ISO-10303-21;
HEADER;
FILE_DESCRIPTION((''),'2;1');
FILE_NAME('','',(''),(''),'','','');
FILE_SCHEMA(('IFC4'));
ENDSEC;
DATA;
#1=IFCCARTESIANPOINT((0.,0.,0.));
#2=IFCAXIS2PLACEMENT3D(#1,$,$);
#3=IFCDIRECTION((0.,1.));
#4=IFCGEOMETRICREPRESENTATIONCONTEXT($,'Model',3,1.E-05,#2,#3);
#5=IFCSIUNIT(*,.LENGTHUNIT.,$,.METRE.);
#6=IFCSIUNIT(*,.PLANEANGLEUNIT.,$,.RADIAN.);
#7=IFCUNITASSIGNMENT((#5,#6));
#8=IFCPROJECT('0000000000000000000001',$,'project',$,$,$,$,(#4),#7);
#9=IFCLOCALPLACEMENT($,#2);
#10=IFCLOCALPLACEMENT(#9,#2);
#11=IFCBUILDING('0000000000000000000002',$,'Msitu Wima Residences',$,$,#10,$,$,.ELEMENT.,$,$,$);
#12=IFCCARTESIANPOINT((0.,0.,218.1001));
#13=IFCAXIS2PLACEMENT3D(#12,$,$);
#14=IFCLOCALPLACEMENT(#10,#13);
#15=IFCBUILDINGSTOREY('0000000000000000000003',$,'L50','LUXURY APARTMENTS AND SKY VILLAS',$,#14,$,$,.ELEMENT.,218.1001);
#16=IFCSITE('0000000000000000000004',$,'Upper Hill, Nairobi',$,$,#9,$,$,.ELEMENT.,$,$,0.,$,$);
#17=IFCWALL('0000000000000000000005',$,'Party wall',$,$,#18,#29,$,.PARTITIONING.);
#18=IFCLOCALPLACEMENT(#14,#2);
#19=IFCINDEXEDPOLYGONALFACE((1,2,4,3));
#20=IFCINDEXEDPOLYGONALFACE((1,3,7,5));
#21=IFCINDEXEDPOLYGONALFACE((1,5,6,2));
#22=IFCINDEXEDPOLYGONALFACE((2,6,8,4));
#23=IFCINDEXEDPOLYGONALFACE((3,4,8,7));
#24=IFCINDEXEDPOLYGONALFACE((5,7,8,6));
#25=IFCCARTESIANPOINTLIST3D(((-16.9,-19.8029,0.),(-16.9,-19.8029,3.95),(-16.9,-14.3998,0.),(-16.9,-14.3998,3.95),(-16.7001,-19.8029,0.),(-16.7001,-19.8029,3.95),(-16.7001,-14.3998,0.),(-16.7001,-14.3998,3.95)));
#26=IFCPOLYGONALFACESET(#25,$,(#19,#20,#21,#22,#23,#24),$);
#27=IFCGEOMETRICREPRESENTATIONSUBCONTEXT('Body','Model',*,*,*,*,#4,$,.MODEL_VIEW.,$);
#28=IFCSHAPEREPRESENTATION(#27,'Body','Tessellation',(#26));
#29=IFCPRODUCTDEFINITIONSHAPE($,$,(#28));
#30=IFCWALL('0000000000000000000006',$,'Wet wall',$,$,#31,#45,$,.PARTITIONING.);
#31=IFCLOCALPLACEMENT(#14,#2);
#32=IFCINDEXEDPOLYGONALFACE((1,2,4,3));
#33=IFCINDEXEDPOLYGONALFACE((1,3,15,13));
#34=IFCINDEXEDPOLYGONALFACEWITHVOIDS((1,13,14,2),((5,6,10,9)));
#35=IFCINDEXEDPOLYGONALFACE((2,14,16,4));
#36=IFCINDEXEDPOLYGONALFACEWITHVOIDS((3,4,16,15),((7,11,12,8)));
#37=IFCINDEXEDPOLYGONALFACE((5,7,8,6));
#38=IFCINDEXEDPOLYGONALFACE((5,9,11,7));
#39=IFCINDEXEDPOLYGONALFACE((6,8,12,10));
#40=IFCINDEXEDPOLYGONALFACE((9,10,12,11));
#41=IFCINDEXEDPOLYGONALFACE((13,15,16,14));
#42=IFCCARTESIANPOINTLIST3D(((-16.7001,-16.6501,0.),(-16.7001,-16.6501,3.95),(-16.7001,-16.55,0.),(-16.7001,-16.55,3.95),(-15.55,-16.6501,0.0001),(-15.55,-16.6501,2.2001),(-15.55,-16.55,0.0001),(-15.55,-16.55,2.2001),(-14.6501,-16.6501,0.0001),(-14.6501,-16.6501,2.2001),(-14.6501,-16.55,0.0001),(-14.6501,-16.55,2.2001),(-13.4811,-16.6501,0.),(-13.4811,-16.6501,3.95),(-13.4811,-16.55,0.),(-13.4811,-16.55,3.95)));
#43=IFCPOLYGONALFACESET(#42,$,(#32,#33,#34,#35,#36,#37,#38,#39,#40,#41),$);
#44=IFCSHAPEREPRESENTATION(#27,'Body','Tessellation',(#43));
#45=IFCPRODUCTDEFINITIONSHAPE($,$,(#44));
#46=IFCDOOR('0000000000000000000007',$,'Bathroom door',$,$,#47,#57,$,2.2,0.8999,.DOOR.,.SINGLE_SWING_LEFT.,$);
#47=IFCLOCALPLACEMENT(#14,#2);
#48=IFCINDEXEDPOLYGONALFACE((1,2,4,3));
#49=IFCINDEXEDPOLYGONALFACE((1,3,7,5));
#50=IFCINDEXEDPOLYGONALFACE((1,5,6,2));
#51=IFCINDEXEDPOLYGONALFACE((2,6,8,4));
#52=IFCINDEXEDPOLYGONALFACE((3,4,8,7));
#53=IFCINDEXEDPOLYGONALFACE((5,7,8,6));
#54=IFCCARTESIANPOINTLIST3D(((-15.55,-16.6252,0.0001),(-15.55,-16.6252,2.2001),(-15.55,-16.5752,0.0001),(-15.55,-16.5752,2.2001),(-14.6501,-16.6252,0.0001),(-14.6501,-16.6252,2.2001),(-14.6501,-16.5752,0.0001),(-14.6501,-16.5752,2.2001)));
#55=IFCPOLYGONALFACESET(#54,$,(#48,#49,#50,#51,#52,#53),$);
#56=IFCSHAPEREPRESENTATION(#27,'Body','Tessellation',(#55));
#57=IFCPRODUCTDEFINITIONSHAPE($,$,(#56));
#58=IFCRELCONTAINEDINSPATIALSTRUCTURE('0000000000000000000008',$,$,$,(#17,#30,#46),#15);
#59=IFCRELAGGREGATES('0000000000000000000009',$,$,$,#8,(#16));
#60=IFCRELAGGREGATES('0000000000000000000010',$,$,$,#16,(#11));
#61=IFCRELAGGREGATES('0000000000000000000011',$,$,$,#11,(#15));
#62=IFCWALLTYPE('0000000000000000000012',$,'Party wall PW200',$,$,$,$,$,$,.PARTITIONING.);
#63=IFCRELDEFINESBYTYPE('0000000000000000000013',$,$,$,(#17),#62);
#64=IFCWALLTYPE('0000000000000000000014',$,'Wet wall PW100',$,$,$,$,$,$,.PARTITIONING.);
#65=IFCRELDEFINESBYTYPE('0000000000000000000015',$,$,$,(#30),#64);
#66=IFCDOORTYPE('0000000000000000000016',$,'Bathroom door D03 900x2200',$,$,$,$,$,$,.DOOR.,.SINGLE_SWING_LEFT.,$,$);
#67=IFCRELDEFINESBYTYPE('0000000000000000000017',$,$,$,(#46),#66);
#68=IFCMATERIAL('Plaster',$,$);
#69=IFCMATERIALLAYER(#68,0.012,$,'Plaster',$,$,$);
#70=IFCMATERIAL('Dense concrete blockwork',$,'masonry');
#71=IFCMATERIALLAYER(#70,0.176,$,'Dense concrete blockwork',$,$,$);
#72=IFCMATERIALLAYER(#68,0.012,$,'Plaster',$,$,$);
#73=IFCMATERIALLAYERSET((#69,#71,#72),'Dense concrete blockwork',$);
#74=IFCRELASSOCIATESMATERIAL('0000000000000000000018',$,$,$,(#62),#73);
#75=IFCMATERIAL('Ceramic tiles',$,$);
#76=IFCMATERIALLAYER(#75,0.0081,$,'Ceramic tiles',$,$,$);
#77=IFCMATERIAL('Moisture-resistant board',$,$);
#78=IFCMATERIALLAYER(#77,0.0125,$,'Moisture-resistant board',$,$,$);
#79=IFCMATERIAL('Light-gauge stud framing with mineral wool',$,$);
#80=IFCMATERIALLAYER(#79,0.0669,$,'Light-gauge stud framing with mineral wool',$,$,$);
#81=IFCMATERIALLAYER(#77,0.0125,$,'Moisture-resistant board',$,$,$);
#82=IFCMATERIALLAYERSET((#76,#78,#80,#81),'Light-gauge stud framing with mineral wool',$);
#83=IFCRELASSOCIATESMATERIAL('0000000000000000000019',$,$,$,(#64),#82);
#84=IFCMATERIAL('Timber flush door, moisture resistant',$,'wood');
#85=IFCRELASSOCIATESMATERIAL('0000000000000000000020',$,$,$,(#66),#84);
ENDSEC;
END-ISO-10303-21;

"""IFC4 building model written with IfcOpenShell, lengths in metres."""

from ifc_helpers import new_model, si_unit, direction, frame, frame_2d, origin, place, context, subcontext, project, spatial, rectangle, extrude, material, layer, layer_set, type_object, element, fill, save


model = new_model("IFC4")

# Units and contexts
model_context = context("Model", 3, precision=1e-05, world=origin(), true_north=direction((0.0, 1.0)))
body_context = subcontext(model_context, "Body", "Model", "MODEL_VIEW")
ifc_project = project(units=[si_unit("LENGTHUNIT", "METRE"), si_unit("PLANEANGLEUNIT", "RADIAN")], contexts=[model_context])

# Site, building, storey
site_placement = place(None, origin())
site = spatial("IfcSite", under=ifc_project, at=site_placement, Name="Upper Hill, Nairobi", CompositionType="ELEMENT", RefElevation=0.0)
building_placement = place(site_placement, origin())
building = spatial("IfcBuilding", under=site, at=building_placement, Name="Msitu Wima Residences", CompositionType="ELEMENT")
storey_placement = place(building_placement, frame((0.0, 0.0, 218.1001)))
storey = spatial("IfcBuildingStorey", under=building, at=storey_placement, Name="L50", Description="LUXURY APARTMENTS AND SKY VILLAS", CompositionType="ELEMENT", Elevation=218.1001)

# Shared definitions
ifc_material_1 = material(Name="Plaster")

# Wall
ifc_layer_1 = layer(ifc_material_1, 0.012, Name="Plaster")
ifc_material_2 = material(Name="Dense concrete blockwork", Category="masonry")
ifc_layer_2 = layer(ifc_material_2, 0.176, Name="Dense concrete blockwork")
ifc_layer_3 = layer(ifc_material_1, 0.012, Name="Plaster")
ifc_layer_set_1 = layer_set([ifc_layer_1, ifc_layer_2, ifc_layer_3], Name="Dense concrete blockwork")
wall_type_1 = type_object("IfcWallType", Name="Party wall PW200", PredefinedType="PARTITIONING", material=ifc_layer_set_1)
wall_1_placement = place(storey_placement, frame((-16.8, -19.803, 0.0), z_axis=(0.0, 0.0, 1.0), x_axis=(0.0, 1.0, 0.0)))
element("IfcWall", 1, at=wall_1_placement, inside=storey, type_object=wall_type_1, Name="Party wall", PredefinedType="PARTITIONING", context=body_context, shape_type="SweptSolid", body=[
    extrude(rectangle(XDim=5.4031, YDim=0.2, at=frame_2d((2.7017, 0.0))), origin(), (0.0, 0.0, 1.0), 3.95),
])

# Wall, opening, door
ifc_material_3 = material(Name="Ceramic tiles")
ifc_layer_4 = layer(ifc_material_3, 0.0081, Name="Ceramic tiles")
ifc_material_4 = material(Name="Moisture-resistant board")
ifc_layer_5 = layer(ifc_material_4, 0.0125, Name="Moisture-resistant board")
ifc_material_5 = material(Name="Light-gauge stud framing with mineral wool")
ifc_layer_6 = layer(ifc_material_5, 0.0669, Name="Light-gauge stud framing with mineral wool")
ifc_layer_7 = layer(ifc_material_4, 0.0125, Name="Moisture-resistant board")
ifc_layer_set_2 = layer_set([ifc_layer_4, ifc_layer_5, ifc_layer_6, ifc_layer_7], Name="Light-gauge stud framing with mineral wool")
wall_type_2 = type_object("IfcWallType", Name="Wet wall PW100", PredefinedType="PARTITIONING", material=ifc_layer_set_2)
wall_2_placement = place(storey_placement, frame((-16.7, -16.6001, 0.0), z_axis=(0.0, 0.0, 1.0), x_axis=(1.0, 0.0, 0.0)))
wall_2 = element("IfcWall", 2, at=wall_2_placement, inside=storey, type_object=wall_type_2, Name="Wet wall", PredefinedType="PARTITIONING", context=body_context, shape_type="SweptSolid", body=[
    extrude(rectangle(XDim=3.219, YDim=0.1001, at=frame_2d((1.6094, 0.0))), origin(), (0.0, 0.0, 1.0), 3.95),
])
opening_1_placement = place(wall_2_placement, frame((1.1499, 0.0, 0.0)))
opening_1 = element("IfcOpeningElement", 3, at=opening_1_placement, cuts=wall_2, PredefinedType="OPENING", context=body_context, shape_type="SweptSolid", body=[
    extrude(rectangle(XDim=0.8999, YDim=2.2, at=frame_2d((0.45, 1.1001))), frame((0.0, 0.0601, 0.0), z_axis=(0.0, -1.0, 0.0), x_axis=(1.0, 0.0, 0.0)), (0.0, 0.0, 1.0), 0.1201),
])
ifc_material_6 = material(Name="Timber flush door, moisture resistant", Category="wood")
door_type_1 = type_object("IfcDoorType", Name="Bathroom door D03 900x2200", OperationType="SINGLE_SWING_LEFT", PredefinedType="DOOR", material=ifc_material_6)
door_1_placement = place(opening_1_placement, origin())
door_1 = element("IfcDoor", 4, at=door_1_placement, inside=storey, type_object=door_type_1, Name="Bathroom door", OperationType="SINGLE_SWING_LEFT", OverallHeight=2.2, OverallWidth=0.8999, PredefinedType="DOOR", context=body_context, shape_type="SweptSolid", body=[
    extrude(rectangle(XDim=0.8999, YDim=2.2, at=frame_2d((0.45, 1.1001))), frame((0.0, 0.0249, 0.0), z_axis=(0.0, -1.0, 0.0), x_axis=(1.0, 0.0, 0.0)), (0.0, 0.0, 1.0), 0.05),
])
fill(opening_1, door_1)

save(model, "model.ifc")
